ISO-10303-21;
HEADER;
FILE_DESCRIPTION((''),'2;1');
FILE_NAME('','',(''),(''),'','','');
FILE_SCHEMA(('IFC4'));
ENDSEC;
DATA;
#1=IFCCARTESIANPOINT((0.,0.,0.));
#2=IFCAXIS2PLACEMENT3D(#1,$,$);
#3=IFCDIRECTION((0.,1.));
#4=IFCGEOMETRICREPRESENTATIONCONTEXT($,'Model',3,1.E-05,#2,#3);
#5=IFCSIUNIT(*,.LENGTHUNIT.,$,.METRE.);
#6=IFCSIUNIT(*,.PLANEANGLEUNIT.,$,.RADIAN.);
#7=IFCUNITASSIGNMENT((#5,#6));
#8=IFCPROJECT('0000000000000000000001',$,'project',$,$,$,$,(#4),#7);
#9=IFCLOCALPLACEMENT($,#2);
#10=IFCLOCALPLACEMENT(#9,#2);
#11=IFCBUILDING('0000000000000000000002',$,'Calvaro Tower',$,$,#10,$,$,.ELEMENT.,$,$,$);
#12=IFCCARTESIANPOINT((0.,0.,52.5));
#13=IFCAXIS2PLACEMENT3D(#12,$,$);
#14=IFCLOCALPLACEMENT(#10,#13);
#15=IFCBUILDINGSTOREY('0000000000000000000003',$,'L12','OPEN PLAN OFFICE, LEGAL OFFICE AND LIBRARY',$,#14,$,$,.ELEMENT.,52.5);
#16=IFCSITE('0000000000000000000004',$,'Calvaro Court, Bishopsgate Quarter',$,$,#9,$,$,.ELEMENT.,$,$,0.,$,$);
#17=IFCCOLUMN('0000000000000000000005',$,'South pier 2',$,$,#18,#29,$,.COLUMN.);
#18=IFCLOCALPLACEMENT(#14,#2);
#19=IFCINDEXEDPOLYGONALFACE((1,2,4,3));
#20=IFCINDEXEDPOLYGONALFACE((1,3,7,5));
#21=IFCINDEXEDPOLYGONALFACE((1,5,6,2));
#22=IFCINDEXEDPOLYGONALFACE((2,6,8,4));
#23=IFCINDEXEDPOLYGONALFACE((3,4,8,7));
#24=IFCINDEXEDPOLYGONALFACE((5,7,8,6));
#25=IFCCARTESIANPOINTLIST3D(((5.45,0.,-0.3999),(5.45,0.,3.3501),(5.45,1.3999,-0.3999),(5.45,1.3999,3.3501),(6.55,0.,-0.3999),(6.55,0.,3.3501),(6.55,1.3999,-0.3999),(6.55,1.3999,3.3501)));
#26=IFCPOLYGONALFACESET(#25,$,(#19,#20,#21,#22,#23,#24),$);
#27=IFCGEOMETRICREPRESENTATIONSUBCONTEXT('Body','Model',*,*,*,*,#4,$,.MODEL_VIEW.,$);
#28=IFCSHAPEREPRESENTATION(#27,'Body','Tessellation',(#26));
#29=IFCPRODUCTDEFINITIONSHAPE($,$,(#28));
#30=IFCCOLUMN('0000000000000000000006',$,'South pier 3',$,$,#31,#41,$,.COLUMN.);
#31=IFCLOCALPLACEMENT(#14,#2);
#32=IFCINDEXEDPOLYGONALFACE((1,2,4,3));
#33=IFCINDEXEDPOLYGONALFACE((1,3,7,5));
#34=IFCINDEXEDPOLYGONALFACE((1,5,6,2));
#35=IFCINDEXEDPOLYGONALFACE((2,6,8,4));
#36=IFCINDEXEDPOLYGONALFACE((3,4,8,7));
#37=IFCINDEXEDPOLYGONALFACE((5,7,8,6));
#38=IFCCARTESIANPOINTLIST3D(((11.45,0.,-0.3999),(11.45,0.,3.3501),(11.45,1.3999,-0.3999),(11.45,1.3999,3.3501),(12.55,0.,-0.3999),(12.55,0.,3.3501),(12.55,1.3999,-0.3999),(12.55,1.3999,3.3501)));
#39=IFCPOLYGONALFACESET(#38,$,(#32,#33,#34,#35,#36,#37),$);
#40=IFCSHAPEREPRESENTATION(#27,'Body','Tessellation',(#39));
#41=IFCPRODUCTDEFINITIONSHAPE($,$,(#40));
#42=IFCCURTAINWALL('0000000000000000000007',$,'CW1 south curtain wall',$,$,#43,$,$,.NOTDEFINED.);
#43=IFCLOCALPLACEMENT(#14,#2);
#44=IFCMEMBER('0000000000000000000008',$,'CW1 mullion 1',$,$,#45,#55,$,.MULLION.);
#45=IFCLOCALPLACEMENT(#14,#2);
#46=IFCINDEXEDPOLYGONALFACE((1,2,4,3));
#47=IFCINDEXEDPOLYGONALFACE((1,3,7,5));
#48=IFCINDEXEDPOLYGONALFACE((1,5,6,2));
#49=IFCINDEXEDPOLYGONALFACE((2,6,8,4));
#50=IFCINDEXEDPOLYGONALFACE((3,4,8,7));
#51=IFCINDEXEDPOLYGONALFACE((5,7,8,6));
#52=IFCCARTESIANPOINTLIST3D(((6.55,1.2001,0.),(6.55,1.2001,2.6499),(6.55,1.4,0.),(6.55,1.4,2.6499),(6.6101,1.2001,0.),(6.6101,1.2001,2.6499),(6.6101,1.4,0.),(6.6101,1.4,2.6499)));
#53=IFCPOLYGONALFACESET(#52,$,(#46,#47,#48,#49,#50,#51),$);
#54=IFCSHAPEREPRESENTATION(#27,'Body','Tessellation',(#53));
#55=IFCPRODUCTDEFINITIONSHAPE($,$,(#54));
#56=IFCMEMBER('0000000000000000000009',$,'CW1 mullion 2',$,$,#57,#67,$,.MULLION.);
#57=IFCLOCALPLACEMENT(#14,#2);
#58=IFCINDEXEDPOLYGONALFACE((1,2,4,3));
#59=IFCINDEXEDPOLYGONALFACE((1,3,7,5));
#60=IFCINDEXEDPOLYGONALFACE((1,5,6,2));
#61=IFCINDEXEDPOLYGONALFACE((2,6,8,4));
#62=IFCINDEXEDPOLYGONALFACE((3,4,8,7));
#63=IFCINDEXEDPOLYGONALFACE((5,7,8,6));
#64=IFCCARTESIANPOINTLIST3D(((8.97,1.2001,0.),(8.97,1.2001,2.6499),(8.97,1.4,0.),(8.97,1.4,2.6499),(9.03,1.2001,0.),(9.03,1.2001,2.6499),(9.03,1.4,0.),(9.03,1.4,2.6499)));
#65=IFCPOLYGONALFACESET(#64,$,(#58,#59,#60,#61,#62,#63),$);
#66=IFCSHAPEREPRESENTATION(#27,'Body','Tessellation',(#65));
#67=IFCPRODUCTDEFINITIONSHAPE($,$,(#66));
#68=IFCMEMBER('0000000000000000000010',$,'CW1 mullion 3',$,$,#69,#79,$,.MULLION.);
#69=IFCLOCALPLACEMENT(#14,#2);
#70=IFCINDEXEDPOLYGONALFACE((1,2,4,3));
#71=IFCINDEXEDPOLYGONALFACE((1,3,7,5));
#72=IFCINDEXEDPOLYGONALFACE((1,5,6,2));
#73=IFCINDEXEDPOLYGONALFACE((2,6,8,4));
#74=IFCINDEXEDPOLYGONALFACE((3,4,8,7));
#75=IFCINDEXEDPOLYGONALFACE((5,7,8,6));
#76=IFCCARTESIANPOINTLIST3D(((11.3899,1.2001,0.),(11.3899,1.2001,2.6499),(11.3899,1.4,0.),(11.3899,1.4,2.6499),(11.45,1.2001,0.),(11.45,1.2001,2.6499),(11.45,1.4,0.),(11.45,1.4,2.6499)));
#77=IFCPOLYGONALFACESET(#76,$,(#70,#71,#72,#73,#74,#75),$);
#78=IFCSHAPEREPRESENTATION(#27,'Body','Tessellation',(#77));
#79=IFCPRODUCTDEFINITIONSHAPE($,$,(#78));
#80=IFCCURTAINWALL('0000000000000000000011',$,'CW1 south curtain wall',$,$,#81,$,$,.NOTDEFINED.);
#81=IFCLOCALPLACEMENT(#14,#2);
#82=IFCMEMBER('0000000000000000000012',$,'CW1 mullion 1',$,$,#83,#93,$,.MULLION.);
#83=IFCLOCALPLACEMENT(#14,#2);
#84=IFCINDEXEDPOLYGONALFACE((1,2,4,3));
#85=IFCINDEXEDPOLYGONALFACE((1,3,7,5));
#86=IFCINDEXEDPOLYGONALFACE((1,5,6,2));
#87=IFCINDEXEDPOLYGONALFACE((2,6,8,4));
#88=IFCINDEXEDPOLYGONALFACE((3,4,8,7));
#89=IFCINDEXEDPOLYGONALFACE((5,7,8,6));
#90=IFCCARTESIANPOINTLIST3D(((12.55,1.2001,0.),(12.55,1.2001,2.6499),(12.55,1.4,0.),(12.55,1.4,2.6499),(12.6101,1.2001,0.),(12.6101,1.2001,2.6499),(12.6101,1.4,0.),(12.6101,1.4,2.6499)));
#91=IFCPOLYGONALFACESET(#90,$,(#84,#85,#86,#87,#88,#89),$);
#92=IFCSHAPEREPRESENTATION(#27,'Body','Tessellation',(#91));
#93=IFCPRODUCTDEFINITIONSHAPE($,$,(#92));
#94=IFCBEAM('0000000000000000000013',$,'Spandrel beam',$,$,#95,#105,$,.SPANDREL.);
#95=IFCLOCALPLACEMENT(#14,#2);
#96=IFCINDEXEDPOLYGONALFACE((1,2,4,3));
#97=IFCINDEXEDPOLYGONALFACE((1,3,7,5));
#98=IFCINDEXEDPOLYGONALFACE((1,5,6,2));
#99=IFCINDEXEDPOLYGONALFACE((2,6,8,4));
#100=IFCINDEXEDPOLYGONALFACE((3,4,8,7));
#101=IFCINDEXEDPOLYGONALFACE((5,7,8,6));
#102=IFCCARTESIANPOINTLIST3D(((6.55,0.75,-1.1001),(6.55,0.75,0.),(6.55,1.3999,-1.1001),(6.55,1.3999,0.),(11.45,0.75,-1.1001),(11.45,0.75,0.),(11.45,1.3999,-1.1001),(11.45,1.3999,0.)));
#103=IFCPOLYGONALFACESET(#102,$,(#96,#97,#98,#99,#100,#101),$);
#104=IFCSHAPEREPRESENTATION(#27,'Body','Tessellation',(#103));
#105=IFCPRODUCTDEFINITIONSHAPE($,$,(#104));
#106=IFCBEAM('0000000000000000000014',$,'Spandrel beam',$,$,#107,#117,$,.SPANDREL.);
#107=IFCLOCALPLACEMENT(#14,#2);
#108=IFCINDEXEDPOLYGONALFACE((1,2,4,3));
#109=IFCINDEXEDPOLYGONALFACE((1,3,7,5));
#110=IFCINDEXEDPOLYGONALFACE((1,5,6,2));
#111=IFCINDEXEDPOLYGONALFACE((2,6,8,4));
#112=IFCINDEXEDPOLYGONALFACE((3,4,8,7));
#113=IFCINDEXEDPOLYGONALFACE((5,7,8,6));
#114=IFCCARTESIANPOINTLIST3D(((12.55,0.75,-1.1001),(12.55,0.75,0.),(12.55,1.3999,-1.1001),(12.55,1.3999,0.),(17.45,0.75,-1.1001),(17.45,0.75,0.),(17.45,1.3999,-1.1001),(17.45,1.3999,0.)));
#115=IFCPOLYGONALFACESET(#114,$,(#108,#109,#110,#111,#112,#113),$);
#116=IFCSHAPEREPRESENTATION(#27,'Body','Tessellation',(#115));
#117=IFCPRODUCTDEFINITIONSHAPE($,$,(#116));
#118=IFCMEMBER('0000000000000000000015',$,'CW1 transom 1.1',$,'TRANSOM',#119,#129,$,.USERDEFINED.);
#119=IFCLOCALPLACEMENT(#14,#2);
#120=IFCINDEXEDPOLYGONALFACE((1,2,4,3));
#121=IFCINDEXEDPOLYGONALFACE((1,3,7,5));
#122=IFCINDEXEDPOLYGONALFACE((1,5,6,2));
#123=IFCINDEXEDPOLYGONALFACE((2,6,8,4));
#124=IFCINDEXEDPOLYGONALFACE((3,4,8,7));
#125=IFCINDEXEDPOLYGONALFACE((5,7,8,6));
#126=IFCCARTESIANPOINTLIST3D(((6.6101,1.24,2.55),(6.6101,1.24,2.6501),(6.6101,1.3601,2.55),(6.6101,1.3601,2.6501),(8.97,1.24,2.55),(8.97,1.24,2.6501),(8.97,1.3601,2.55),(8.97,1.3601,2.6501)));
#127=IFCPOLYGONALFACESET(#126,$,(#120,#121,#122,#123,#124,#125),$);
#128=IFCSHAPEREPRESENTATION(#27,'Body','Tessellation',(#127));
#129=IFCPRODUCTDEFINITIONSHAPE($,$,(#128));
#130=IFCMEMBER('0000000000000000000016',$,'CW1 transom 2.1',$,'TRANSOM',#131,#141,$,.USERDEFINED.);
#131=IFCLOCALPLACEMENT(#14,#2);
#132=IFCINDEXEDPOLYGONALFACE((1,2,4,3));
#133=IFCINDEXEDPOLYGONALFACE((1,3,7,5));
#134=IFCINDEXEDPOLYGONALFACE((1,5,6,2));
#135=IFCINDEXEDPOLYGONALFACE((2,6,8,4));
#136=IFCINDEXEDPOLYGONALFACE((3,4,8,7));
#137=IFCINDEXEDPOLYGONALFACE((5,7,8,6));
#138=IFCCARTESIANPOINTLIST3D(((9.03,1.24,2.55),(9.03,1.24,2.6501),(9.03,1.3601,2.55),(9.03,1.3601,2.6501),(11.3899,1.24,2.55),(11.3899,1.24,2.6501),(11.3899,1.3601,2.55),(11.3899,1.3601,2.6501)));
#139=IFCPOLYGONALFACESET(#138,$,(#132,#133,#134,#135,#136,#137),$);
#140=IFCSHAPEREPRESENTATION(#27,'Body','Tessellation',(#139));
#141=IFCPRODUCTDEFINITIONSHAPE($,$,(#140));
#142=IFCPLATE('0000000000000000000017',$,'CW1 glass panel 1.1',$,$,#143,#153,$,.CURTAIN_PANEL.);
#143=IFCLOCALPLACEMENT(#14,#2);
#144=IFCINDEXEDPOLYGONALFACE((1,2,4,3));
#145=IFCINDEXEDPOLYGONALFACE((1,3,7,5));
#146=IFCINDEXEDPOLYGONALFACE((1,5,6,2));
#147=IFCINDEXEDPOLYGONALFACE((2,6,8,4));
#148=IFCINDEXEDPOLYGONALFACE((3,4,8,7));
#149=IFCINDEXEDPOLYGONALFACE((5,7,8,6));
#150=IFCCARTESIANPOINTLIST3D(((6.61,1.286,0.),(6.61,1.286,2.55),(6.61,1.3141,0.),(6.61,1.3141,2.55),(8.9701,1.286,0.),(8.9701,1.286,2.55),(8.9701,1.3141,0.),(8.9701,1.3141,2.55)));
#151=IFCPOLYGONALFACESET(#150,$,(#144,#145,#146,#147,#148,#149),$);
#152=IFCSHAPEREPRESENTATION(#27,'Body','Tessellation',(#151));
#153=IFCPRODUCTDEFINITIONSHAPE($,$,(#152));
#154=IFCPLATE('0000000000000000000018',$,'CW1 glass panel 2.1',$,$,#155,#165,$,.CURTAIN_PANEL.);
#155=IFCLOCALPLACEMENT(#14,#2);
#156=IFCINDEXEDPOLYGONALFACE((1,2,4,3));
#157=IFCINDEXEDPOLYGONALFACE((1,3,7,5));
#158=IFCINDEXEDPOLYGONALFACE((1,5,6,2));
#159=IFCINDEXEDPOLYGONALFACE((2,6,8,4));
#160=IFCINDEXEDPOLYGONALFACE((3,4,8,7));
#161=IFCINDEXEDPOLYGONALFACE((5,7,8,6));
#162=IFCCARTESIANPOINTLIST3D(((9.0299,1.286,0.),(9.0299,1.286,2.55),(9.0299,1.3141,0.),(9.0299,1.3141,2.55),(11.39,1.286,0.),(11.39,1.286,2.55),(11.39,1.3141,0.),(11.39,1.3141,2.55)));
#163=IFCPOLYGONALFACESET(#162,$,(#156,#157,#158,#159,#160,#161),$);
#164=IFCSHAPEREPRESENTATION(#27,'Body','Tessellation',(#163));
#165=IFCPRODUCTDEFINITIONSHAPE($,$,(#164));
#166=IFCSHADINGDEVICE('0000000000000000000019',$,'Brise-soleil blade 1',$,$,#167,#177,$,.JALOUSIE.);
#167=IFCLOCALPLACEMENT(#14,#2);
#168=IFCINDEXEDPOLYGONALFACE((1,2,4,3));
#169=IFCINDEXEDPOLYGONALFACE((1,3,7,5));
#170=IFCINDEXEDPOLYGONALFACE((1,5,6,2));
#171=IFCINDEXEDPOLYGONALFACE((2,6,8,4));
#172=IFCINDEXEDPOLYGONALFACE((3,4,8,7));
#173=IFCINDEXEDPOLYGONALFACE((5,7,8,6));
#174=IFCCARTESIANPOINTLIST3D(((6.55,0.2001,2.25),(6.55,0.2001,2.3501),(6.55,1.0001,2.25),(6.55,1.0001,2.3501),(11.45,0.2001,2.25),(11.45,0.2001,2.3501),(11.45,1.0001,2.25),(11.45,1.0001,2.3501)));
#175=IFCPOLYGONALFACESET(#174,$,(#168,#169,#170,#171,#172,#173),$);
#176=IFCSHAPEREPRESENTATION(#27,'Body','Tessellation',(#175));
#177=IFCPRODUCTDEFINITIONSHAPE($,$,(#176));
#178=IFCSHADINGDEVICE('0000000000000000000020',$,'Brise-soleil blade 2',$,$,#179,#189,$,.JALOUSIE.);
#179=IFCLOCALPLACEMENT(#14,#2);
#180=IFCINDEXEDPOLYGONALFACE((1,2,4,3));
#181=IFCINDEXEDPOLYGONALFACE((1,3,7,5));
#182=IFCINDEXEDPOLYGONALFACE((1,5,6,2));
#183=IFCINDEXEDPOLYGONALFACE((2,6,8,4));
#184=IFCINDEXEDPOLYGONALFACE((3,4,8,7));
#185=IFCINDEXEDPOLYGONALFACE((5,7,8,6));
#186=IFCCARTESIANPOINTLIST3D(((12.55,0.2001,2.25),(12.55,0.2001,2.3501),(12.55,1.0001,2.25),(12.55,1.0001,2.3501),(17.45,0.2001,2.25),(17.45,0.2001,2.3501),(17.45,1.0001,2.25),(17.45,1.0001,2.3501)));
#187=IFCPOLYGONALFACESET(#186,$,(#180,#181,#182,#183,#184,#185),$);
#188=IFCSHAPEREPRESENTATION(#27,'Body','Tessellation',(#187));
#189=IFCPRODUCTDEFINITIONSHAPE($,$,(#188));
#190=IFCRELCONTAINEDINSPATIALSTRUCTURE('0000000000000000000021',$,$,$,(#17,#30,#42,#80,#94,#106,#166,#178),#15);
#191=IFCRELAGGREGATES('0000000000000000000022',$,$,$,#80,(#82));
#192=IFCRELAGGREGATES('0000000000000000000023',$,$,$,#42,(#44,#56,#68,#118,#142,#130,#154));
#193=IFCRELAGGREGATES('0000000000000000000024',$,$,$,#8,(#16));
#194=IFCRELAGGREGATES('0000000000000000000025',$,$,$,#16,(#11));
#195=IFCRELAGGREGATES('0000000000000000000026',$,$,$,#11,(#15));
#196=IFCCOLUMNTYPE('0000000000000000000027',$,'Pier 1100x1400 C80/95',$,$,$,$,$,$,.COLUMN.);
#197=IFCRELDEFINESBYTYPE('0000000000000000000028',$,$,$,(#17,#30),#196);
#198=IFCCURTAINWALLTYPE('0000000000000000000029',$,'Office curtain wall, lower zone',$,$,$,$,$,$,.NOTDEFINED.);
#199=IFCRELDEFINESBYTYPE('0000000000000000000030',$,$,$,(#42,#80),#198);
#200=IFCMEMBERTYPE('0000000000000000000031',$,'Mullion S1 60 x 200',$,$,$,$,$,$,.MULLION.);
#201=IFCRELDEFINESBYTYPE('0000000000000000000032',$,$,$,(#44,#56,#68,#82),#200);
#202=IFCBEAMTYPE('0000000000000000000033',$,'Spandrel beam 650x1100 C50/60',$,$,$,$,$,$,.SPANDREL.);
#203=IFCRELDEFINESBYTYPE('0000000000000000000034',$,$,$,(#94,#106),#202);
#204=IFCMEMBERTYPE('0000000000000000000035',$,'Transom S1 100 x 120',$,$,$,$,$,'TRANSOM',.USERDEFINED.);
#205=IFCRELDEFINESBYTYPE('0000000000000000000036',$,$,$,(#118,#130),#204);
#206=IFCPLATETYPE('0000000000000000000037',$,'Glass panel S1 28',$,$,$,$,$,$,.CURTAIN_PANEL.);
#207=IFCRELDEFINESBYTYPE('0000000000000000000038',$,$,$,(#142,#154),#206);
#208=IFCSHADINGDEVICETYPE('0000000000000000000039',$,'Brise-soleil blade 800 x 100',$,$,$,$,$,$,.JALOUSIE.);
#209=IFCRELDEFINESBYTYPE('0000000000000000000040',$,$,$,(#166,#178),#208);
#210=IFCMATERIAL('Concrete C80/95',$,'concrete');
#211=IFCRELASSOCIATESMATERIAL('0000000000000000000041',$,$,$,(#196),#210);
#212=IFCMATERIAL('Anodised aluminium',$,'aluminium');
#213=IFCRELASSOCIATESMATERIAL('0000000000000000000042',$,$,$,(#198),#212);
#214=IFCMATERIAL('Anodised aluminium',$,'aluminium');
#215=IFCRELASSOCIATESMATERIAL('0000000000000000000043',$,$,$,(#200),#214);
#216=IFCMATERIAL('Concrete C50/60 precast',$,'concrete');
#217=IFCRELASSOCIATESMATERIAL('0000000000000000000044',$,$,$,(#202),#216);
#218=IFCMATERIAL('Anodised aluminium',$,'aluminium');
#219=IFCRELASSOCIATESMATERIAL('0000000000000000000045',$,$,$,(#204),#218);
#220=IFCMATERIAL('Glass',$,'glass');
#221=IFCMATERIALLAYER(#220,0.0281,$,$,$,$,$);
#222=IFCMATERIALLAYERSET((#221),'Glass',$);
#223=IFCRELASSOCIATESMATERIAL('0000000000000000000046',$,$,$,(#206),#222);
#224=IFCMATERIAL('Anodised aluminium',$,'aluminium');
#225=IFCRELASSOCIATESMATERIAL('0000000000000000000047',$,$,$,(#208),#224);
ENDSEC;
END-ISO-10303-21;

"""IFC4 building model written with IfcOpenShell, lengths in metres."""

from ifc_helpers import new_model, si_unit, direction, frame, origin, origin_2d, place, context, subcontext, project, spatial, rectangle, extrude, material, layer, layer_set, material_profile, profile_set, type_object, element, aggregate, save


model = new_model("IFC4")

# Units and contexts
model_context = context("Model", 3, precision=1e-05, world=origin(), true_north=direction((0.0, 1.0)))
body_context = subcontext(model_context, "Body", "Model", "MODEL_VIEW")
ifc_project = project(units=[si_unit("LENGTHUNIT", "METRE"), si_unit("PLANEANGLEUNIT", "RADIAN")], contexts=[model_context])

# Site, building, storey
site_placement = place(None, origin())
site = spatial("IfcSite", under=ifc_project, at=site_placement, Name="Calvaro Court, Bishopsgate Quarter", CompositionType="ELEMENT", RefElevation=0.0)
building_placement = place(site_placement, origin())
building = spatial("IfcBuilding", under=site, at=building_placement, Name="Calvaro Tower", CompositionType="ELEMENT")
storey_placement = place(building_placement, frame((0.0, 0.0, 52.5)))
storey = spatial("IfcBuildingStorey", under=building, at=storey_placement, Name="L12", Description="OPEN PLAN OFFICE, LEGAL OFFICE AND LIBRARY", CompositionType="ELEMENT", Elevation=52.5)

# Columns
ifc_material_1 = material(Name="Concrete C80/95", Category="concrete")
ifc_material_profile_1 = material_profile(ifc_material_1, rectangle(XDim=1.1001, YDim=1.3999, at=origin_2d()), Name="RC 1100x1400")
ifc_profile_set_1 = profile_set([ifc_material_profile_1], Name="Concrete C80/95")
column_type = type_object("IfcColumnType", Name="Pier 1100x1400 C80/95", PredefinedType="COLUMN", material=ifc_profile_set_1)
for number, where, z_axis, x_axis, name in (
    (1, (6.0, 0.7, -0.3999), (0.0, 0.0, 1.0), (1.0, 0.0, 0.0), "South pier 2"),
    (2, (12.0, 0.7, -0.3999), (0.0, 0.0, 1.0), (1.0, 0.0, 0.0), "South pier 3"),
):
    element("IfcColumn", number, at=place(storey_placement, frame(where, z_axis=z_axis, x_axis=x_axis)), inside=storey, type_object=column_type, Name=name, PredefinedType="COLUMN", context=body_context, shape_type="SweptSolid", body=[
        extrude(rectangle(XDim=1.1001, YDim=1.3999, at=origin_2d()), origin(), (0.0, 0.0, 1.0), 3.75),
    ])

# Curtain wall, members
ifc_material_2 = material(Name="Anodised aluminium", Category="aluminium")
curtain_wall_type = type_object("IfcCurtainWallType", Name="Office curtain wall, lower zone", PredefinedType="NOTDEFINED", material=ifc_material_2)
curtain_wall_1_placement = place(storey_placement, origin())
curtain_wall_1 = element("IfcCurtainWall", 3, at=curtain_wall_1_placement, inside=storey, type_object=curtain_wall_type, Name="CW1 south curtain wall", PredefinedType="NOTDEFINED")
ifc_material_3 = material(Name="Anodised aluminium", Category="aluminium")
ifc_material_profile_2 = material_profile(ifc_material_3, rectangle(XDim=0.2, YDim=0.0601, at=origin_2d()), Name="Mullion S1 60 x 200")
ifc_profile_set_2 = profile_set([ifc_material_profile_2], Name="Anodised aluminium")
member_type_1 = type_object("IfcMemberType", Name="Mullion S1 60 x 200", PredefinedType="MULLION", material=ifc_profile_set_2)
member_1_placement = place(storey_placement, frame((6.5801, 1.3, 0.0), z_axis=(0.0, 0.0, 1.0), x_axis=(0.0, 1.0, 0.0)))
member_1 = element("IfcMember", 4, at=member_1_placement, type_object=member_type_1, Name="CW1 mullion 1", PredefinedType="MULLION", context=body_context, shape_type="SweptSolid", body=[
    extrude(rectangle(XDim=0.2, YDim=0.0601, at=origin_2d()), origin(), (0.0, 0.0, 1.0), 2.6499),
])
member_2_placement = place(storey_placement, frame((9.0, 1.3, 0.0), z_axis=(0.0, 0.0, 1.0), x_axis=(0.0, 1.0, 0.0)))
member_2 = element("IfcMember", 5, at=member_2_placement, type_object=member_type_1, Name="CW1 mullion 2", PredefinedType="MULLION", context=body_context, shape_type="SweptSolid", body=[
    extrude(rectangle(XDim=0.2, YDim=0.0601, at=origin_2d()), origin(), (0.0, 0.0, 1.0), 2.6499),
])
member_3_placement = place(storey_placement, frame((11.4199, 1.3, 0.0), z_axis=(0.0, 0.0, 1.0), x_axis=(0.0, 1.0, 0.0)))
member_3 = element("IfcMember", 6, at=member_3_placement, type_object=member_type_1, Name="CW1 mullion 3", PredefinedType="MULLION", context=body_context, shape_type="SweptSolid", body=[
    extrude(rectangle(XDim=0.2, YDim=0.0601, at=origin_2d()), origin(), (0.0, 0.0, 1.0), 2.6499),
])

# Curtain wall, member
curtain_wall_2_placement = place(storey_placement, origin())
curtain_wall_2 = element("IfcCurtainWall", 7, at=curtain_wall_2_placement, inside=storey, type_object=curtain_wall_type, Name="CW1 south curtain wall", PredefinedType="NOTDEFINED")
member_4_placement = place(storey_placement, frame((12.5801, 1.3, 0.0), z_axis=(0.0, 0.0, 1.0), x_axis=(0.0, 1.0, 0.0)))
member_4 = element("IfcMember", 8, at=member_4_placement, type_object=member_type_1, Name="CW1 mullion 1", PredefinedType="MULLION", context=body_context, shape_type="SweptSolid", body=[
    extrude(rectangle(XDim=0.2, YDim=0.0601, at=origin_2d()), origin(), (0.0, 0.0, 1.0), 2.6499),
])
aggregate(curtain_wall_2, [member_4])

# Beams
ifc_material_4 = material(Name="Concrete C50/60 precast", Category="concrete")
ifc_material_profile_3 = material_profile(ifc_material_4, rectangle(XDim=0.6499, YDim=1.1001, at=origin_2d()), Name="RC 650x1100")
ifc_profile_set_3 = profile_set([ifc_material_profile_3], Name="Concrete C50/60 precast")
beam_type = type_object("IfcBeamType", Name="Spandrel beam 650x1100 C50/60", PredefinedType="SPANDREL", material=ifc_profile_set_3)
for number, where, z_axis, x_axis, name in (
    (9, (6.55, 1.075, -0.55), (1.0, 0.0, 0.0), (0.0, 1.0, 0.0), "Spandrel beam"),
    (10, (12.55, 1.075, -0.55), (1.0, 0.0, 0.0), (0.0, 1.0, 0.0), "Spandrel beam"),
):
    element("IfcBeam", number, at=place(storey_placement, frame(where, z_axis=z_axis, x_axis=x_axis)), inside=storey, type_object=beam_type, Name=name, PredefinedType="SPANDREL", context=body_context, shape_type="SweptSolid", body=[
        extrude(rectangle(XDim=0.6499, YDim=1.1001, at=origin_2d()), origin(), (0.0, 0.0, 1.0), 4.8999),
    ])

# Members
ifc_material_5 = material(Name="Anodised aluminium", Category="aluminium")
ifc_material_profile_4 = material_profile(ifc_material_5, rectangle(XDim=0.1201, YDim=0.1001, at=origin_2d()), Name="Transom S1 100 x 120")
ifc_profile_set_4 = profile_set([ifc_material_profile_4], Name="Anodised aluminium")
member_type_2 = type_object("IfcMemberType", Name="Transom S1 100 x 120", ElementType="TRANSOM", PredefinedType="USERDEFINED", material=ifc_profile_set_4)
member_5_placement = place(storey_placement, frame((6.6101, 1.3, 2.6001), z_axis=(1.0, 0.0, 0.0), x_axis=(0.0, 1.0, 0.0)))
member_5 = element("IfcMember", 11, at=member_5_placement, type_object=member_type_2, Name="CW1 transom 1.1", ObjectType="TRANSOM", PredefinedType="USERDEFINED", context=body_context, shape_type="SweptSolid", body=[
    extrude(rectangle(XDim=0.1201, YDim=0.1001, at=origin_2d()), origin(), (0.0, 0.0, 1.0), 2.3599),
])
member_6_placement = place(storey_placement, frame((9.03, 1.3, 2.6001), z_axis=(1.0, 0.0, 0.0), x_axis=(0.0, 1.0, 0.0)))
member_6 = element("IfcMember", 12, at=member_6_placement, type_object=member_type_2, Name="CW1 transom 2.1", ObjectType="TRANSOM", PredefinedType="USERDEFINED", context=body_context, shape_type="SweptSolid", body=[
    extrude(rectangle(XDim=0.1201, YDim=0.1001, at=origin_2d()), origin(), (0.0, 0.0, 1.0), 2.3599),
])

# Plates
ifc_material_6 = material(Name="Glass", Category="glass")
ifc_layer_1 = layer(ifc_material_6, 0.0281)
ifc_layer_set_1 = layer_set([ifc_layer_1], Name="Glass")
plate_type = type_object("IfcPlateType", Name="Glass panel S1 28", PredefinedType="CURTAIN_PANEL", material=ifc_layer_set_1)
plate_1_placement = place(storey_placement, frame((7.79, 1.3, 0.0), z_axis=(0.0, 0.0, 1.0), x_axis=(1.0, 0.0, 0.0)))
plate_1 = element("IfcPlate", 13, at=plate_1_placement, type_object=plate_type, Name="CW1 glass panel 1.1", PredefinedType="CURTAIN_PANEL", context=body_context, shape_type="SweptSolid", body=[
    extrude(rectangle(XDim=2.3601, YDim=0.0281, at=origin_2d()), origin(), (0.0, 0.0, 1.0), 2.55),
])
plate_2_placement = place(storey_placement, frame((10.21, 1.3, 0.0), z_axis=(0.0, 0.0, 1.0), x_axis=(1.0, 0.0, 0.0)))
plate_2 = element("IfcPlate", 14, at=plate_2_placement, type_object=plate_type, Name="CW1 glass panel 2.1", PredefinedType="CURTAIN_PANEL", context=body_context, shape_type="SweptSolid", body=[
    extrude(rectangle(XDim=2.3601, YDim=0.0281, at=origin_2d()), origin(), (0.0, 0.0, 1.0), 2.55),
])
aggregate(curtain_wall_1, [member_1, member_2, member_3, member_5, plate_1, member_6, plate_2])

# Shading devices
ifc_material_7 = material(Name="Anodised aluminium", Category="aluminium")
ifc_material_profile_5 = material_profile(ifc_material_7, rectangle(XDim=0.8, YDim=0.1001, at=origin_2d()), Name="Brise-soleil blade 800 x 100")
ifc_profile_set_5 = profile_set([ifc_material_profile_5], Name="Anodised aluminium")
shading_device_type = type_object("IfcShadingDeviceType", Name="Brise-soleil blade 800 x 100", PredefinedType="JALOUSIE", material=ifc_profile_set_5)
for number, where, z_axis, x_axis, name in (
    (15, (6.55, 0.6001, 2.3), (1.0, 0.0, 0.0), (0.0, 1.0, 0.0), "Brise-soleil blade 1"),
    (16, (12.55, 0.6001, 2.3), (1.0, 0.0, 0.0), (0.0, 1.0, 0.0), "Brise-soleil blade 2"),
):
    element("IfcShadingDevice", number, at=place(storey_placement, frame(where, z_axis=z_axis, x_axis=x_axis)), inside=storey, type_object=shading_device_type, Name=name, PredefinedType="JALOUSIE", context=body_context, shape_type="SweptSolid", body=[
        extrude(rectangle(XDim=0.8, YDim=0.1001, at=origin_2d()), origin(), (0.0, 0.0, 1.0), 4.8999),
    ])

save(model, "model.ifc")
